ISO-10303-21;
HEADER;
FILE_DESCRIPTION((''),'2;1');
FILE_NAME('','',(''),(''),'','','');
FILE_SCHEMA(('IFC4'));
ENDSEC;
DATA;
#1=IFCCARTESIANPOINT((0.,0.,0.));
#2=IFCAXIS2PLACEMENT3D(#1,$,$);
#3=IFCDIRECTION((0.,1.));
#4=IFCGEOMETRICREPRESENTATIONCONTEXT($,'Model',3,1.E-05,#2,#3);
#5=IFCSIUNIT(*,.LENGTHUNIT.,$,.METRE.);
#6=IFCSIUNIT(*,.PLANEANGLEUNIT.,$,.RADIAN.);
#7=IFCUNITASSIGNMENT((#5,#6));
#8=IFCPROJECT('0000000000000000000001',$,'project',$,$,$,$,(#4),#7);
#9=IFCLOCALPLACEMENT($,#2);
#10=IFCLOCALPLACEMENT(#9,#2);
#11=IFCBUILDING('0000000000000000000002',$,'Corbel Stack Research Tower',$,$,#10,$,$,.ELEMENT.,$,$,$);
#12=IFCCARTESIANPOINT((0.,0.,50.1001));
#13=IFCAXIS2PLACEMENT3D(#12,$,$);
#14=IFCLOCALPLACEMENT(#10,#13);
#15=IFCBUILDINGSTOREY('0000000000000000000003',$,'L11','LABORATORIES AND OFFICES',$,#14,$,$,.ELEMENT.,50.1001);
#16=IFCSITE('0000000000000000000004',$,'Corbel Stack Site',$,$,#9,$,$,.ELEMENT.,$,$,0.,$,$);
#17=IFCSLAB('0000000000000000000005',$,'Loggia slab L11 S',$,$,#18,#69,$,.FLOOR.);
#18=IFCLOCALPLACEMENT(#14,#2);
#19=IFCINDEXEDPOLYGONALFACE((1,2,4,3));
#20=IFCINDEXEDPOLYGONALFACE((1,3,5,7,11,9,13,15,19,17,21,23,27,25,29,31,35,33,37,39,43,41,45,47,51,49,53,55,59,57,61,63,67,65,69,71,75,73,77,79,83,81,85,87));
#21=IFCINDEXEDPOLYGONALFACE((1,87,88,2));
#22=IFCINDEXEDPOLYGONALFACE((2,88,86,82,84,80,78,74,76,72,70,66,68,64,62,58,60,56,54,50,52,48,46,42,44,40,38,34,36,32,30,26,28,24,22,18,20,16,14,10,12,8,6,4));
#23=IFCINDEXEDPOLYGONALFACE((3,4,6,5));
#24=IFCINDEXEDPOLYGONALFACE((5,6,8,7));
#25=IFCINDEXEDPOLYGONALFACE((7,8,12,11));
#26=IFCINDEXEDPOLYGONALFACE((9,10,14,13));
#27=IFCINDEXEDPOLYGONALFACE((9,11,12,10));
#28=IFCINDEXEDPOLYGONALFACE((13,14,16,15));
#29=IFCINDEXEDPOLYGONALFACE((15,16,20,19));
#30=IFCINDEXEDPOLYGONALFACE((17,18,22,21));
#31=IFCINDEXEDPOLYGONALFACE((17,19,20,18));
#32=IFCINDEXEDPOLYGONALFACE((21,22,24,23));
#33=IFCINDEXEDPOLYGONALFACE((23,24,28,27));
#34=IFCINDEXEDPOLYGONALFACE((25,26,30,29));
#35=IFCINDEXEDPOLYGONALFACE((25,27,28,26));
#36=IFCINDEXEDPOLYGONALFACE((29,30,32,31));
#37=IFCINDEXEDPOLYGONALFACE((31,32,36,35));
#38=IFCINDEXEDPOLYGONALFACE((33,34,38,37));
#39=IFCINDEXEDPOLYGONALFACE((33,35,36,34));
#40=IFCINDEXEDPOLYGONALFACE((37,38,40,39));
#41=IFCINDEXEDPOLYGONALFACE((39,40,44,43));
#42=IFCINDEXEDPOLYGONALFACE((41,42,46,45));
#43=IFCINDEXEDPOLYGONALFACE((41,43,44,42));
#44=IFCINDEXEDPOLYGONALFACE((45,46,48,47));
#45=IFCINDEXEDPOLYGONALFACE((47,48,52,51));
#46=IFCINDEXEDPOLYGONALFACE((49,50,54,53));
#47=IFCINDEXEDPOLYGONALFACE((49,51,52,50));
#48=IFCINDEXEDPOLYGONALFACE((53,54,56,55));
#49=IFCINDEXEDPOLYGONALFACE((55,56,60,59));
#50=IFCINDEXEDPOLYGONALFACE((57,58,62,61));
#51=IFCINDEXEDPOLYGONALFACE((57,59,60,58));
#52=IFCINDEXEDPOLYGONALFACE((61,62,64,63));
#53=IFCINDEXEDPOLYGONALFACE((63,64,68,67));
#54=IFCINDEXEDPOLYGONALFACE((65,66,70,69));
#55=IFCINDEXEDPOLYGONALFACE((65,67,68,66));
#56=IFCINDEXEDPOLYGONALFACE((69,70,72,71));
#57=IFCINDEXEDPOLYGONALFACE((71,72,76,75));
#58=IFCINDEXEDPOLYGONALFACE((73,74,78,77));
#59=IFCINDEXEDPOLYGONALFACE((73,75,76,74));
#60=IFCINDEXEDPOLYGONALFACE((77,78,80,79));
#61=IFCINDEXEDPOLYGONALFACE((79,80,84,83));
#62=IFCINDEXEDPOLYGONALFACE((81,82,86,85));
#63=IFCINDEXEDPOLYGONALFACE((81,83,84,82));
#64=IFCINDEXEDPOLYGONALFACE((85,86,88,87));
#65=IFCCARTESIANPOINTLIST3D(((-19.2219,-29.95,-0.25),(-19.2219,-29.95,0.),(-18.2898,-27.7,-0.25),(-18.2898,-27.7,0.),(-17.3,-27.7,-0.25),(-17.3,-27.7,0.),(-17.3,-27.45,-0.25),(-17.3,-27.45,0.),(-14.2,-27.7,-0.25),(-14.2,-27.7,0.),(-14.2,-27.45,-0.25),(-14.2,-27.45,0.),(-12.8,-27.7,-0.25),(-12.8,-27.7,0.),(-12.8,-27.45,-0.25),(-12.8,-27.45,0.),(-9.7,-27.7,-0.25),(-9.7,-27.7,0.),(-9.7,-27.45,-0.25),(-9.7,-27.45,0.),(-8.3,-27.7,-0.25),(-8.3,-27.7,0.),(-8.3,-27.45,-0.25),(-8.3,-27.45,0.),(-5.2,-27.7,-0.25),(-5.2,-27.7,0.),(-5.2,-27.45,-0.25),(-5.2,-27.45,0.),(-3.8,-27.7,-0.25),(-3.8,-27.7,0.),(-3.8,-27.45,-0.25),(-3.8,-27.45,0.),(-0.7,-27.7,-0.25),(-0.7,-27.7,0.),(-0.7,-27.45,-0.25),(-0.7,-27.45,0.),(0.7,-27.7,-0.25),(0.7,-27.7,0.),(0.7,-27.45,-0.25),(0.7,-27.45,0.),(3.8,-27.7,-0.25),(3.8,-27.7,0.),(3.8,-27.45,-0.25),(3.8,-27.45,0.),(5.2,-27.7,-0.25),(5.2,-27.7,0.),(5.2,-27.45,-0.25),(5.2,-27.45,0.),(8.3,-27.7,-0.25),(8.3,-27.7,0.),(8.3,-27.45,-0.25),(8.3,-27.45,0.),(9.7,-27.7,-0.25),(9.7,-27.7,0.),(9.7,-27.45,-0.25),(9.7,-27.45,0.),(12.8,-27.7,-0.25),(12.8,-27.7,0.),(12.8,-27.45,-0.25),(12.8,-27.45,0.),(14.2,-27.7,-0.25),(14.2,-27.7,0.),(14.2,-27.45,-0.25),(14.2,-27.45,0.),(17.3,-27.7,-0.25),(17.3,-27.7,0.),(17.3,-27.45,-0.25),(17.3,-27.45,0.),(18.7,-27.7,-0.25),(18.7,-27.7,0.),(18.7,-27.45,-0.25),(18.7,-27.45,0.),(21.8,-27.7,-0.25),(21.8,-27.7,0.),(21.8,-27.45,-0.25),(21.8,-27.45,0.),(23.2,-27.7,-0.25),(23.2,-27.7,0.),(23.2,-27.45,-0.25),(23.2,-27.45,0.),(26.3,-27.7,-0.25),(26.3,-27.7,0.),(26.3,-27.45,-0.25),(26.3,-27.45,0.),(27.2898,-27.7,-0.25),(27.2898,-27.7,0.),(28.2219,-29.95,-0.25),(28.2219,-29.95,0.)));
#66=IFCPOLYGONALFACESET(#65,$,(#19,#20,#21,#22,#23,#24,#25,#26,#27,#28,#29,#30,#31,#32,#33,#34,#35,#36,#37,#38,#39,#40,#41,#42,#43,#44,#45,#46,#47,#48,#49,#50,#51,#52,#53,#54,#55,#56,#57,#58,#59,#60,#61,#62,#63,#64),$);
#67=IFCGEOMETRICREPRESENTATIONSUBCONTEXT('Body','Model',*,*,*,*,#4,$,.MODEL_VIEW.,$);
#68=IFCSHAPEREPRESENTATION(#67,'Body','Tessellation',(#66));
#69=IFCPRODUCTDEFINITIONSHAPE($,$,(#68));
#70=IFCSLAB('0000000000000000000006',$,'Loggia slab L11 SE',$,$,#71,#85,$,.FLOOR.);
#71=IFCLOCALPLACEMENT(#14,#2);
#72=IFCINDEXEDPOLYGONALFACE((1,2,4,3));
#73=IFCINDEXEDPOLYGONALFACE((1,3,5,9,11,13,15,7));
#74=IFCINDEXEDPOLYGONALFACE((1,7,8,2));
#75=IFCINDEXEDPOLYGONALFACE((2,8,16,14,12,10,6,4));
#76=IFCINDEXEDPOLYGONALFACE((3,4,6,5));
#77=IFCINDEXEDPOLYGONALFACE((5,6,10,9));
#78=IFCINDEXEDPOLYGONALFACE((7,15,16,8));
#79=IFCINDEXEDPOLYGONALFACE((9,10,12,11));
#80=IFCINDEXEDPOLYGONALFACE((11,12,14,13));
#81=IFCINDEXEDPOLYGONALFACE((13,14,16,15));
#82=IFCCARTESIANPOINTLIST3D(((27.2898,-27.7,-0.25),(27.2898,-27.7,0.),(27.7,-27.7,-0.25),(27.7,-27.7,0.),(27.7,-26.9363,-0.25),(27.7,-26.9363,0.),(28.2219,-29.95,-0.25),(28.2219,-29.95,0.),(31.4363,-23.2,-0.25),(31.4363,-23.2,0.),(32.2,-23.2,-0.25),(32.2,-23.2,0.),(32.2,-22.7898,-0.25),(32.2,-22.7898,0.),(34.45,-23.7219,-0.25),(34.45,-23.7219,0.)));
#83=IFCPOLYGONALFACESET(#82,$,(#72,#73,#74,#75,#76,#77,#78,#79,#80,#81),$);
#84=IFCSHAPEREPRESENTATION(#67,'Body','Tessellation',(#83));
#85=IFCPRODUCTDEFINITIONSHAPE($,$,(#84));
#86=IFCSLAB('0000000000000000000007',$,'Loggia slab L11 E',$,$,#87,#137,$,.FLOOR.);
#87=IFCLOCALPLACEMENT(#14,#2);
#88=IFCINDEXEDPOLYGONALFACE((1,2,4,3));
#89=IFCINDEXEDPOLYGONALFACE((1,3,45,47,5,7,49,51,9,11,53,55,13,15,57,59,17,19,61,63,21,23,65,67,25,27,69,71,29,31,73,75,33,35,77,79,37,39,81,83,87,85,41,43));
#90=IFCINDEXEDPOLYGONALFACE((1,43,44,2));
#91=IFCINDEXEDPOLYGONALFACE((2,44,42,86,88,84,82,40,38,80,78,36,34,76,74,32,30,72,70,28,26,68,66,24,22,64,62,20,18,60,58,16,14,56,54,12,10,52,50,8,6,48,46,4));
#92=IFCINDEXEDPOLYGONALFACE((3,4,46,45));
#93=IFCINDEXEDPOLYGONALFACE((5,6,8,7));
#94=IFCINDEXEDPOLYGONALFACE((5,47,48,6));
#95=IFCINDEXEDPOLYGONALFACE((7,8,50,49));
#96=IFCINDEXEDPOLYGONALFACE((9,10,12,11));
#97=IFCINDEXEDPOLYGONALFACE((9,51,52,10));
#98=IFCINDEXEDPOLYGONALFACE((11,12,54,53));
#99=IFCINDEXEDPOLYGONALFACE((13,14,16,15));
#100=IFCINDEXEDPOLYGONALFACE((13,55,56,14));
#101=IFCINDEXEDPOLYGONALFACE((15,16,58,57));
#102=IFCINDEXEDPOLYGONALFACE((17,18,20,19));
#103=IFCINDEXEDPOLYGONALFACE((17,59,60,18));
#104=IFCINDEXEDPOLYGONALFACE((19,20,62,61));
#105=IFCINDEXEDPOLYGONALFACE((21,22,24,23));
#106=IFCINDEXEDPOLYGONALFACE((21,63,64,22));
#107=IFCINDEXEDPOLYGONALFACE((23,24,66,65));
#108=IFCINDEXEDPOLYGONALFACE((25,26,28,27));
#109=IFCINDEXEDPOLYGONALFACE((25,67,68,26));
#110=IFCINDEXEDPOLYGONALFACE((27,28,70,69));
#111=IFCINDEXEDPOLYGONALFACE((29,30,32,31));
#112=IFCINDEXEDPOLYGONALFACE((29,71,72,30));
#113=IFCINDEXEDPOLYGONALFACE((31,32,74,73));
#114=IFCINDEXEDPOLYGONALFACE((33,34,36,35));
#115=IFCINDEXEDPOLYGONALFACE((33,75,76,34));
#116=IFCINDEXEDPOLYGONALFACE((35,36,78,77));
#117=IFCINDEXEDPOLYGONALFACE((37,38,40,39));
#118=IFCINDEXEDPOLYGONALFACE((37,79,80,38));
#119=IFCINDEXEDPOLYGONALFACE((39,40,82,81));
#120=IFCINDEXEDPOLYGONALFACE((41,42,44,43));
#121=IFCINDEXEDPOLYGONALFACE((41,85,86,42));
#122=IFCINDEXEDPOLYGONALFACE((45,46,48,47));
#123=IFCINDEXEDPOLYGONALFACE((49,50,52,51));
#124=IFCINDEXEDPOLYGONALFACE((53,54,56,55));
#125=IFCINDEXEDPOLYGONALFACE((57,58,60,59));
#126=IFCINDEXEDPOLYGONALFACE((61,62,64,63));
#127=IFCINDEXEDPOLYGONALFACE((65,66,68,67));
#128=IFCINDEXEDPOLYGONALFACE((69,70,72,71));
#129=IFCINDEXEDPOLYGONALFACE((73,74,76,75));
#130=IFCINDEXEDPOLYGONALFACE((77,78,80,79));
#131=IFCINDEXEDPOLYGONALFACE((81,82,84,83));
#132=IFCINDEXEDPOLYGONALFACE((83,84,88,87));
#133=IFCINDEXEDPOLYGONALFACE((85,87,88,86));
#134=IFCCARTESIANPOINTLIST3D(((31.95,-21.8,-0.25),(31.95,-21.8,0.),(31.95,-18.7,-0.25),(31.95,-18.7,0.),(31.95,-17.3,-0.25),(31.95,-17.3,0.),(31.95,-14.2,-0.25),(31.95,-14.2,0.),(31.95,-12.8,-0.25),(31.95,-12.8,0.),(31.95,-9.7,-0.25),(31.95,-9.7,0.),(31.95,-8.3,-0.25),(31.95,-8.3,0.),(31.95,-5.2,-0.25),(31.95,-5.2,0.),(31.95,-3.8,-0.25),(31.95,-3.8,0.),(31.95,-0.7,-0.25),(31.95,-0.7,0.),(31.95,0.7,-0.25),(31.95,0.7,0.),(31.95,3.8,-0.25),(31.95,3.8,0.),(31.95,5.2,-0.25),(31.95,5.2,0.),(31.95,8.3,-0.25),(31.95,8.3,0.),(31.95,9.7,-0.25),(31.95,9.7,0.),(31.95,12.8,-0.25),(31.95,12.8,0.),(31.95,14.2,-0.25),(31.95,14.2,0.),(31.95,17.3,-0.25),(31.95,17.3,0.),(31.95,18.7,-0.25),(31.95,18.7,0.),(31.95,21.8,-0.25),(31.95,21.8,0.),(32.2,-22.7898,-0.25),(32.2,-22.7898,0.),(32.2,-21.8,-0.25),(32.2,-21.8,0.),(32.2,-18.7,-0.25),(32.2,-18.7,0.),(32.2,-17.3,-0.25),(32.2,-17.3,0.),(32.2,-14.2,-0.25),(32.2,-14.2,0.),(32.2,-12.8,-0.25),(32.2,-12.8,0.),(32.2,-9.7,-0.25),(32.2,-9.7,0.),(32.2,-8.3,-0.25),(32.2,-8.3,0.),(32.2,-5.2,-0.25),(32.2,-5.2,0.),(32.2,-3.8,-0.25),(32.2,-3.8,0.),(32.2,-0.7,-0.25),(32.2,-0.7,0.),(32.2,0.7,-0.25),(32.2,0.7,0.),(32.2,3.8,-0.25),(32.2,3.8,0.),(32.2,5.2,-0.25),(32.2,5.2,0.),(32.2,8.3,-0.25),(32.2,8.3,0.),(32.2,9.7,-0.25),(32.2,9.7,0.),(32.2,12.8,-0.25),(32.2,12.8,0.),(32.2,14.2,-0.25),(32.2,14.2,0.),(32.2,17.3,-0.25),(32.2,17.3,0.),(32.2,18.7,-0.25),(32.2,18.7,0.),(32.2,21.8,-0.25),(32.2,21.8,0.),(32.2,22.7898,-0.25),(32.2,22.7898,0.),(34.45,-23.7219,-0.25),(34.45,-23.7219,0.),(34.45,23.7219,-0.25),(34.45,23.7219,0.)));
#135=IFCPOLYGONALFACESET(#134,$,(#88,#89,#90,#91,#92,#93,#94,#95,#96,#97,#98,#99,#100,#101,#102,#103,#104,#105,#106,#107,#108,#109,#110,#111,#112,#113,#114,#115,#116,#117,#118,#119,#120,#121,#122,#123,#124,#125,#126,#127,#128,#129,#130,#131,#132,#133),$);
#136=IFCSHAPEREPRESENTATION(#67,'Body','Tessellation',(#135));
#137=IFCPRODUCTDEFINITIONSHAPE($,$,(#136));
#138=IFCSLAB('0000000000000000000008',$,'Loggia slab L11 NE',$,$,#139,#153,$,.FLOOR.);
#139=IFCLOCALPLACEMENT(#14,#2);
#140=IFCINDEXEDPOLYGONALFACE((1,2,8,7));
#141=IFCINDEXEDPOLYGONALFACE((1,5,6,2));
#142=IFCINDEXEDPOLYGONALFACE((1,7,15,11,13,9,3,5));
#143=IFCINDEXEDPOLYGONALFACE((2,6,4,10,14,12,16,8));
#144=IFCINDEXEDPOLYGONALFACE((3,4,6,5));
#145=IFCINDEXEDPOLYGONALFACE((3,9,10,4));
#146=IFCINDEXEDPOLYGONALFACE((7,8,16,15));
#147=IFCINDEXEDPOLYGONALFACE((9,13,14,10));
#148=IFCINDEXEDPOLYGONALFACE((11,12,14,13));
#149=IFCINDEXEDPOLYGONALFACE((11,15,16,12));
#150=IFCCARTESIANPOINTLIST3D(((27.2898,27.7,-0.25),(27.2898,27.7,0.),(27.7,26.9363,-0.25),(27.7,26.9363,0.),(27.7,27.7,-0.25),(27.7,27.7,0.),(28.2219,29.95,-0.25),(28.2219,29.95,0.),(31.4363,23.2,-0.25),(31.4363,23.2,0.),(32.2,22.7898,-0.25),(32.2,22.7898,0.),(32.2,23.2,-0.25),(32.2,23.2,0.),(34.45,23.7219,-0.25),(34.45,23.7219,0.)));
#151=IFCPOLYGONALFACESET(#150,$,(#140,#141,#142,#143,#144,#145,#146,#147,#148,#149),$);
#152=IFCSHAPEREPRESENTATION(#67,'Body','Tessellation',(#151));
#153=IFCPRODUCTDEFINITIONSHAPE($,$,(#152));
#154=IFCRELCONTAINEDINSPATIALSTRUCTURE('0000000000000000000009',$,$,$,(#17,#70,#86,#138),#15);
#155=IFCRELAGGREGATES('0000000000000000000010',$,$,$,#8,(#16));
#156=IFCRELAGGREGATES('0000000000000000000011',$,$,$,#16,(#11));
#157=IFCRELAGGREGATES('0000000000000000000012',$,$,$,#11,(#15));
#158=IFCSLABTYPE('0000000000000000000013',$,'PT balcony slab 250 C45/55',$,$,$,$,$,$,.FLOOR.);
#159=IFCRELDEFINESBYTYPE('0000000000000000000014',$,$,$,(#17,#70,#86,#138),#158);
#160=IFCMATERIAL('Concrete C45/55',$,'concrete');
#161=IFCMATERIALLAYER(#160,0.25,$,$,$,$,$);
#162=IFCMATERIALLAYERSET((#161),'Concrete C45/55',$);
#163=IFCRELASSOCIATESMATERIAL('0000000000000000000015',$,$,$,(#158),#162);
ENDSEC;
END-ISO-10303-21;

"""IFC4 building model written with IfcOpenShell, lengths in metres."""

from ifc_helpers import new_model, si_unit, direction, frame, origin, place, context, subcontext, project, spatial, polyline, outline, extrude, material, layer, layer_set, type_object, element, save


model = new_model("IFC4")

# Units and contexts
model_context = context("Model", 3, precision=1e-05, world=origin(), true_north=direction((0.0, 1.0)))
body_context = subcontext(model_context, "Body", "Model", "MODEL_VIEW")
ifc_project = project(units=[si_unit("LENGTHUNIT", "METRE"), si_unit("PLANEANGLEUNIT", "RADIAN")], contexts=[model_context])

# Site, building, storey
site_placement = place(None, origin())
site = spatial("IfcSite", under=ifc_project, at=site_placement, Name="Corbel Stack Site", CompositionType="ELEMENT", RefElevation=0.0)
building_placement = place(site_placement, origin())
building = spatial("IfcBuilding", under=site, at=building_placement, Name="Corbel Stack Research Tower", CompositionType="ELEMENT")
storey_placement = place(building_placement, frame((0.0, 0.0, 50.1001)))
storey = spatial("IfcBuildingStorey", under=building, at=storey_placement, Name="L11", Description="LABORATORIES AND OFFICES", CompositionType="ELEMENT", Elevation=50.1001)

# Slabs
ifc_material_1 = material(Name="Concrete C45/55", Category="concrete")
ifc_layer_1 = layer(ifc_material_1, 0.25)
ifc_layer_set_1 = layer_set([ifc_layer_1], Name="Concrete C45/55")
slab_type_1 = type_object("IfcSlabType", Name="PT balcony slab 250 C45/55", PredefinedType="FLOOR", material=ifc_layer_set_1)
slab_1_placement = place(storey_placement, frame((0.0, 0.0, -0.25)))
element("IfcSlab", 1, at=slab_1_placement, inside=storey, type_object=slab_type_1, Name="Loggia slab L11 S", PredefinedType="FLOOR", context=body_context, shape_type="SweptSolid", body=[
    extrude(outline(polyline([(27.2898, -27.7), (26.3, -27.7), (26.3, -27.45), (23.2, -27.45), (23.2, -27.7), (21.8, -27.7), (21.8, -27.45), (18.7, -27.45), (18.7, -27.7), (17.3, -27.7), (17.3, -27.45), (14.2, -27.45), (14.2, -27.7), (12.8, -27.7), (12.8, -27.45), (9.7, -27.45), (9.7, -27.7), (8.3, -27.7), (8.3, -27.45), (5.2, -27.45), (5.2, -27.7), (3.8, -27.7), (3.8, -27.45), (0.7, -27.45), (0.7, -27.7), (-0.7, -27.7), (-0.7, -27.45), (-3.8, -27.45), (-3.8, -27.7), (-5.2, -27.7), (-5.2, -27.45), (-8.3, -27.45), (-8.3, -27.7), (-9.7, -27.7), (-9.7, -27.45), (-12.8, -27.45), (-12.8, -27.7), (-14.2, -27.7), (-14.2, -27.45), (-17.3, -27.45), (-17.3, -27.7), (-18.2898, -27.7), (-19.2219, -29.95), (28.2219, -29.95), (27.2898, -27.7)])), origin(), (0.0, 0.0, 1.0), 0.25),
])
slab_2_placement = place(storey_placement, frame((0.0, 0.0, -0.25)))
element("IfcSlab", 2, at=slab_2_placement, inside=storey, type_object=slab_type_1, Name="Loggia slab L11 SE", PredefinedType="FLOOR", context=body_context, shape_type="SweptSolid", body=[
    extrude(outline(polyline([(32.2, -22.7898), (32.2, -23.2), (31.4363, -23.2), (27.7, -26.9363), (27.7, -27.7), (27.2898, -27.7), (28.2219, -29.95), (34.45, -23.7219), (32.2, -22.7898)])), origin(), (0.0, 0.0, 1.0), 0.25),
])
slab_3_placement = place(storey_placement, frame((0.0, 0.0, -0.25)))
element("IfcSlab", 3, at=slab_3_placement, inside=storey, type_object=slab_type_1, Name="Loggia slab L11 E", PredefinedType="FLOOR", context=body_context, shape_type="SweptSolid", body=[
    extrude(outline(polyline([(32.2, 22.7898), (32.2, 21.8), (31.95, 21.8), (31.95, 18.7), (32.2, 18.7), (32.2, 17.3), (31.95, 17.3), (31.95, 14.2), (32.2, 14.2), (32.2, 12.8), (31.95, 12.8), (31.95, 9.7), (32.2, 9.7), (32.2, 8.3), (31.95, 8.3), (31.95, 5.2), (32.2, 5.2), (32.2, 3.8), (31.95, 3.8), (31.95, 0.7), (32.2, 0.7), (32.2, -0.7), (31.95, -0.7), (31.95, -3.8), (32.2, -3.8), (32.2, -5.2), (31.95, -5.2), (31.95, -8.3), (32.2, -8.3), (32.2, -9.7), (31.95, -9.7), (31.95, -12.8), (32.2, -12.8), (32.2, -14.2), (31.95, -14.2), (31.95, -17.3), (32.2, -17.3), (32.2, -18.7), (31.95, -18.7), (31.95, -21.8), (32.2, -21.8), (32.2, -22.7898), (34.45, -23.7219), (34.45, 23.7219), (32.2, 22.7898)])), origin(), (0.0, 0.0, 1.0), 0.25),
])
slab_4_placement = place(storey_placement, frame((0.0, 0.0, -0.25)))
element("IfcSlab", 4, at=slab_4_placement, inside=storey, type_object=slab_type_1, Name="Loggia slab L11 NE", PredefinedType="FLOOR", context=body_context, shape_type="SweptSolid", body=[
    extrude(outline(polyline([(27.2898, 27.7), (27.7, 27.7), (27.7, 26.9363), (31.4363, 23.2), (32.2, 23.2), (32.2, 22.7898), (34.45, 23.7219), (28.2219, 29.95), (27.2898, 27.7)])), origin(), (0.0, 0.0, 1.0), 0.25),
])

save(model, "model.ifc")
